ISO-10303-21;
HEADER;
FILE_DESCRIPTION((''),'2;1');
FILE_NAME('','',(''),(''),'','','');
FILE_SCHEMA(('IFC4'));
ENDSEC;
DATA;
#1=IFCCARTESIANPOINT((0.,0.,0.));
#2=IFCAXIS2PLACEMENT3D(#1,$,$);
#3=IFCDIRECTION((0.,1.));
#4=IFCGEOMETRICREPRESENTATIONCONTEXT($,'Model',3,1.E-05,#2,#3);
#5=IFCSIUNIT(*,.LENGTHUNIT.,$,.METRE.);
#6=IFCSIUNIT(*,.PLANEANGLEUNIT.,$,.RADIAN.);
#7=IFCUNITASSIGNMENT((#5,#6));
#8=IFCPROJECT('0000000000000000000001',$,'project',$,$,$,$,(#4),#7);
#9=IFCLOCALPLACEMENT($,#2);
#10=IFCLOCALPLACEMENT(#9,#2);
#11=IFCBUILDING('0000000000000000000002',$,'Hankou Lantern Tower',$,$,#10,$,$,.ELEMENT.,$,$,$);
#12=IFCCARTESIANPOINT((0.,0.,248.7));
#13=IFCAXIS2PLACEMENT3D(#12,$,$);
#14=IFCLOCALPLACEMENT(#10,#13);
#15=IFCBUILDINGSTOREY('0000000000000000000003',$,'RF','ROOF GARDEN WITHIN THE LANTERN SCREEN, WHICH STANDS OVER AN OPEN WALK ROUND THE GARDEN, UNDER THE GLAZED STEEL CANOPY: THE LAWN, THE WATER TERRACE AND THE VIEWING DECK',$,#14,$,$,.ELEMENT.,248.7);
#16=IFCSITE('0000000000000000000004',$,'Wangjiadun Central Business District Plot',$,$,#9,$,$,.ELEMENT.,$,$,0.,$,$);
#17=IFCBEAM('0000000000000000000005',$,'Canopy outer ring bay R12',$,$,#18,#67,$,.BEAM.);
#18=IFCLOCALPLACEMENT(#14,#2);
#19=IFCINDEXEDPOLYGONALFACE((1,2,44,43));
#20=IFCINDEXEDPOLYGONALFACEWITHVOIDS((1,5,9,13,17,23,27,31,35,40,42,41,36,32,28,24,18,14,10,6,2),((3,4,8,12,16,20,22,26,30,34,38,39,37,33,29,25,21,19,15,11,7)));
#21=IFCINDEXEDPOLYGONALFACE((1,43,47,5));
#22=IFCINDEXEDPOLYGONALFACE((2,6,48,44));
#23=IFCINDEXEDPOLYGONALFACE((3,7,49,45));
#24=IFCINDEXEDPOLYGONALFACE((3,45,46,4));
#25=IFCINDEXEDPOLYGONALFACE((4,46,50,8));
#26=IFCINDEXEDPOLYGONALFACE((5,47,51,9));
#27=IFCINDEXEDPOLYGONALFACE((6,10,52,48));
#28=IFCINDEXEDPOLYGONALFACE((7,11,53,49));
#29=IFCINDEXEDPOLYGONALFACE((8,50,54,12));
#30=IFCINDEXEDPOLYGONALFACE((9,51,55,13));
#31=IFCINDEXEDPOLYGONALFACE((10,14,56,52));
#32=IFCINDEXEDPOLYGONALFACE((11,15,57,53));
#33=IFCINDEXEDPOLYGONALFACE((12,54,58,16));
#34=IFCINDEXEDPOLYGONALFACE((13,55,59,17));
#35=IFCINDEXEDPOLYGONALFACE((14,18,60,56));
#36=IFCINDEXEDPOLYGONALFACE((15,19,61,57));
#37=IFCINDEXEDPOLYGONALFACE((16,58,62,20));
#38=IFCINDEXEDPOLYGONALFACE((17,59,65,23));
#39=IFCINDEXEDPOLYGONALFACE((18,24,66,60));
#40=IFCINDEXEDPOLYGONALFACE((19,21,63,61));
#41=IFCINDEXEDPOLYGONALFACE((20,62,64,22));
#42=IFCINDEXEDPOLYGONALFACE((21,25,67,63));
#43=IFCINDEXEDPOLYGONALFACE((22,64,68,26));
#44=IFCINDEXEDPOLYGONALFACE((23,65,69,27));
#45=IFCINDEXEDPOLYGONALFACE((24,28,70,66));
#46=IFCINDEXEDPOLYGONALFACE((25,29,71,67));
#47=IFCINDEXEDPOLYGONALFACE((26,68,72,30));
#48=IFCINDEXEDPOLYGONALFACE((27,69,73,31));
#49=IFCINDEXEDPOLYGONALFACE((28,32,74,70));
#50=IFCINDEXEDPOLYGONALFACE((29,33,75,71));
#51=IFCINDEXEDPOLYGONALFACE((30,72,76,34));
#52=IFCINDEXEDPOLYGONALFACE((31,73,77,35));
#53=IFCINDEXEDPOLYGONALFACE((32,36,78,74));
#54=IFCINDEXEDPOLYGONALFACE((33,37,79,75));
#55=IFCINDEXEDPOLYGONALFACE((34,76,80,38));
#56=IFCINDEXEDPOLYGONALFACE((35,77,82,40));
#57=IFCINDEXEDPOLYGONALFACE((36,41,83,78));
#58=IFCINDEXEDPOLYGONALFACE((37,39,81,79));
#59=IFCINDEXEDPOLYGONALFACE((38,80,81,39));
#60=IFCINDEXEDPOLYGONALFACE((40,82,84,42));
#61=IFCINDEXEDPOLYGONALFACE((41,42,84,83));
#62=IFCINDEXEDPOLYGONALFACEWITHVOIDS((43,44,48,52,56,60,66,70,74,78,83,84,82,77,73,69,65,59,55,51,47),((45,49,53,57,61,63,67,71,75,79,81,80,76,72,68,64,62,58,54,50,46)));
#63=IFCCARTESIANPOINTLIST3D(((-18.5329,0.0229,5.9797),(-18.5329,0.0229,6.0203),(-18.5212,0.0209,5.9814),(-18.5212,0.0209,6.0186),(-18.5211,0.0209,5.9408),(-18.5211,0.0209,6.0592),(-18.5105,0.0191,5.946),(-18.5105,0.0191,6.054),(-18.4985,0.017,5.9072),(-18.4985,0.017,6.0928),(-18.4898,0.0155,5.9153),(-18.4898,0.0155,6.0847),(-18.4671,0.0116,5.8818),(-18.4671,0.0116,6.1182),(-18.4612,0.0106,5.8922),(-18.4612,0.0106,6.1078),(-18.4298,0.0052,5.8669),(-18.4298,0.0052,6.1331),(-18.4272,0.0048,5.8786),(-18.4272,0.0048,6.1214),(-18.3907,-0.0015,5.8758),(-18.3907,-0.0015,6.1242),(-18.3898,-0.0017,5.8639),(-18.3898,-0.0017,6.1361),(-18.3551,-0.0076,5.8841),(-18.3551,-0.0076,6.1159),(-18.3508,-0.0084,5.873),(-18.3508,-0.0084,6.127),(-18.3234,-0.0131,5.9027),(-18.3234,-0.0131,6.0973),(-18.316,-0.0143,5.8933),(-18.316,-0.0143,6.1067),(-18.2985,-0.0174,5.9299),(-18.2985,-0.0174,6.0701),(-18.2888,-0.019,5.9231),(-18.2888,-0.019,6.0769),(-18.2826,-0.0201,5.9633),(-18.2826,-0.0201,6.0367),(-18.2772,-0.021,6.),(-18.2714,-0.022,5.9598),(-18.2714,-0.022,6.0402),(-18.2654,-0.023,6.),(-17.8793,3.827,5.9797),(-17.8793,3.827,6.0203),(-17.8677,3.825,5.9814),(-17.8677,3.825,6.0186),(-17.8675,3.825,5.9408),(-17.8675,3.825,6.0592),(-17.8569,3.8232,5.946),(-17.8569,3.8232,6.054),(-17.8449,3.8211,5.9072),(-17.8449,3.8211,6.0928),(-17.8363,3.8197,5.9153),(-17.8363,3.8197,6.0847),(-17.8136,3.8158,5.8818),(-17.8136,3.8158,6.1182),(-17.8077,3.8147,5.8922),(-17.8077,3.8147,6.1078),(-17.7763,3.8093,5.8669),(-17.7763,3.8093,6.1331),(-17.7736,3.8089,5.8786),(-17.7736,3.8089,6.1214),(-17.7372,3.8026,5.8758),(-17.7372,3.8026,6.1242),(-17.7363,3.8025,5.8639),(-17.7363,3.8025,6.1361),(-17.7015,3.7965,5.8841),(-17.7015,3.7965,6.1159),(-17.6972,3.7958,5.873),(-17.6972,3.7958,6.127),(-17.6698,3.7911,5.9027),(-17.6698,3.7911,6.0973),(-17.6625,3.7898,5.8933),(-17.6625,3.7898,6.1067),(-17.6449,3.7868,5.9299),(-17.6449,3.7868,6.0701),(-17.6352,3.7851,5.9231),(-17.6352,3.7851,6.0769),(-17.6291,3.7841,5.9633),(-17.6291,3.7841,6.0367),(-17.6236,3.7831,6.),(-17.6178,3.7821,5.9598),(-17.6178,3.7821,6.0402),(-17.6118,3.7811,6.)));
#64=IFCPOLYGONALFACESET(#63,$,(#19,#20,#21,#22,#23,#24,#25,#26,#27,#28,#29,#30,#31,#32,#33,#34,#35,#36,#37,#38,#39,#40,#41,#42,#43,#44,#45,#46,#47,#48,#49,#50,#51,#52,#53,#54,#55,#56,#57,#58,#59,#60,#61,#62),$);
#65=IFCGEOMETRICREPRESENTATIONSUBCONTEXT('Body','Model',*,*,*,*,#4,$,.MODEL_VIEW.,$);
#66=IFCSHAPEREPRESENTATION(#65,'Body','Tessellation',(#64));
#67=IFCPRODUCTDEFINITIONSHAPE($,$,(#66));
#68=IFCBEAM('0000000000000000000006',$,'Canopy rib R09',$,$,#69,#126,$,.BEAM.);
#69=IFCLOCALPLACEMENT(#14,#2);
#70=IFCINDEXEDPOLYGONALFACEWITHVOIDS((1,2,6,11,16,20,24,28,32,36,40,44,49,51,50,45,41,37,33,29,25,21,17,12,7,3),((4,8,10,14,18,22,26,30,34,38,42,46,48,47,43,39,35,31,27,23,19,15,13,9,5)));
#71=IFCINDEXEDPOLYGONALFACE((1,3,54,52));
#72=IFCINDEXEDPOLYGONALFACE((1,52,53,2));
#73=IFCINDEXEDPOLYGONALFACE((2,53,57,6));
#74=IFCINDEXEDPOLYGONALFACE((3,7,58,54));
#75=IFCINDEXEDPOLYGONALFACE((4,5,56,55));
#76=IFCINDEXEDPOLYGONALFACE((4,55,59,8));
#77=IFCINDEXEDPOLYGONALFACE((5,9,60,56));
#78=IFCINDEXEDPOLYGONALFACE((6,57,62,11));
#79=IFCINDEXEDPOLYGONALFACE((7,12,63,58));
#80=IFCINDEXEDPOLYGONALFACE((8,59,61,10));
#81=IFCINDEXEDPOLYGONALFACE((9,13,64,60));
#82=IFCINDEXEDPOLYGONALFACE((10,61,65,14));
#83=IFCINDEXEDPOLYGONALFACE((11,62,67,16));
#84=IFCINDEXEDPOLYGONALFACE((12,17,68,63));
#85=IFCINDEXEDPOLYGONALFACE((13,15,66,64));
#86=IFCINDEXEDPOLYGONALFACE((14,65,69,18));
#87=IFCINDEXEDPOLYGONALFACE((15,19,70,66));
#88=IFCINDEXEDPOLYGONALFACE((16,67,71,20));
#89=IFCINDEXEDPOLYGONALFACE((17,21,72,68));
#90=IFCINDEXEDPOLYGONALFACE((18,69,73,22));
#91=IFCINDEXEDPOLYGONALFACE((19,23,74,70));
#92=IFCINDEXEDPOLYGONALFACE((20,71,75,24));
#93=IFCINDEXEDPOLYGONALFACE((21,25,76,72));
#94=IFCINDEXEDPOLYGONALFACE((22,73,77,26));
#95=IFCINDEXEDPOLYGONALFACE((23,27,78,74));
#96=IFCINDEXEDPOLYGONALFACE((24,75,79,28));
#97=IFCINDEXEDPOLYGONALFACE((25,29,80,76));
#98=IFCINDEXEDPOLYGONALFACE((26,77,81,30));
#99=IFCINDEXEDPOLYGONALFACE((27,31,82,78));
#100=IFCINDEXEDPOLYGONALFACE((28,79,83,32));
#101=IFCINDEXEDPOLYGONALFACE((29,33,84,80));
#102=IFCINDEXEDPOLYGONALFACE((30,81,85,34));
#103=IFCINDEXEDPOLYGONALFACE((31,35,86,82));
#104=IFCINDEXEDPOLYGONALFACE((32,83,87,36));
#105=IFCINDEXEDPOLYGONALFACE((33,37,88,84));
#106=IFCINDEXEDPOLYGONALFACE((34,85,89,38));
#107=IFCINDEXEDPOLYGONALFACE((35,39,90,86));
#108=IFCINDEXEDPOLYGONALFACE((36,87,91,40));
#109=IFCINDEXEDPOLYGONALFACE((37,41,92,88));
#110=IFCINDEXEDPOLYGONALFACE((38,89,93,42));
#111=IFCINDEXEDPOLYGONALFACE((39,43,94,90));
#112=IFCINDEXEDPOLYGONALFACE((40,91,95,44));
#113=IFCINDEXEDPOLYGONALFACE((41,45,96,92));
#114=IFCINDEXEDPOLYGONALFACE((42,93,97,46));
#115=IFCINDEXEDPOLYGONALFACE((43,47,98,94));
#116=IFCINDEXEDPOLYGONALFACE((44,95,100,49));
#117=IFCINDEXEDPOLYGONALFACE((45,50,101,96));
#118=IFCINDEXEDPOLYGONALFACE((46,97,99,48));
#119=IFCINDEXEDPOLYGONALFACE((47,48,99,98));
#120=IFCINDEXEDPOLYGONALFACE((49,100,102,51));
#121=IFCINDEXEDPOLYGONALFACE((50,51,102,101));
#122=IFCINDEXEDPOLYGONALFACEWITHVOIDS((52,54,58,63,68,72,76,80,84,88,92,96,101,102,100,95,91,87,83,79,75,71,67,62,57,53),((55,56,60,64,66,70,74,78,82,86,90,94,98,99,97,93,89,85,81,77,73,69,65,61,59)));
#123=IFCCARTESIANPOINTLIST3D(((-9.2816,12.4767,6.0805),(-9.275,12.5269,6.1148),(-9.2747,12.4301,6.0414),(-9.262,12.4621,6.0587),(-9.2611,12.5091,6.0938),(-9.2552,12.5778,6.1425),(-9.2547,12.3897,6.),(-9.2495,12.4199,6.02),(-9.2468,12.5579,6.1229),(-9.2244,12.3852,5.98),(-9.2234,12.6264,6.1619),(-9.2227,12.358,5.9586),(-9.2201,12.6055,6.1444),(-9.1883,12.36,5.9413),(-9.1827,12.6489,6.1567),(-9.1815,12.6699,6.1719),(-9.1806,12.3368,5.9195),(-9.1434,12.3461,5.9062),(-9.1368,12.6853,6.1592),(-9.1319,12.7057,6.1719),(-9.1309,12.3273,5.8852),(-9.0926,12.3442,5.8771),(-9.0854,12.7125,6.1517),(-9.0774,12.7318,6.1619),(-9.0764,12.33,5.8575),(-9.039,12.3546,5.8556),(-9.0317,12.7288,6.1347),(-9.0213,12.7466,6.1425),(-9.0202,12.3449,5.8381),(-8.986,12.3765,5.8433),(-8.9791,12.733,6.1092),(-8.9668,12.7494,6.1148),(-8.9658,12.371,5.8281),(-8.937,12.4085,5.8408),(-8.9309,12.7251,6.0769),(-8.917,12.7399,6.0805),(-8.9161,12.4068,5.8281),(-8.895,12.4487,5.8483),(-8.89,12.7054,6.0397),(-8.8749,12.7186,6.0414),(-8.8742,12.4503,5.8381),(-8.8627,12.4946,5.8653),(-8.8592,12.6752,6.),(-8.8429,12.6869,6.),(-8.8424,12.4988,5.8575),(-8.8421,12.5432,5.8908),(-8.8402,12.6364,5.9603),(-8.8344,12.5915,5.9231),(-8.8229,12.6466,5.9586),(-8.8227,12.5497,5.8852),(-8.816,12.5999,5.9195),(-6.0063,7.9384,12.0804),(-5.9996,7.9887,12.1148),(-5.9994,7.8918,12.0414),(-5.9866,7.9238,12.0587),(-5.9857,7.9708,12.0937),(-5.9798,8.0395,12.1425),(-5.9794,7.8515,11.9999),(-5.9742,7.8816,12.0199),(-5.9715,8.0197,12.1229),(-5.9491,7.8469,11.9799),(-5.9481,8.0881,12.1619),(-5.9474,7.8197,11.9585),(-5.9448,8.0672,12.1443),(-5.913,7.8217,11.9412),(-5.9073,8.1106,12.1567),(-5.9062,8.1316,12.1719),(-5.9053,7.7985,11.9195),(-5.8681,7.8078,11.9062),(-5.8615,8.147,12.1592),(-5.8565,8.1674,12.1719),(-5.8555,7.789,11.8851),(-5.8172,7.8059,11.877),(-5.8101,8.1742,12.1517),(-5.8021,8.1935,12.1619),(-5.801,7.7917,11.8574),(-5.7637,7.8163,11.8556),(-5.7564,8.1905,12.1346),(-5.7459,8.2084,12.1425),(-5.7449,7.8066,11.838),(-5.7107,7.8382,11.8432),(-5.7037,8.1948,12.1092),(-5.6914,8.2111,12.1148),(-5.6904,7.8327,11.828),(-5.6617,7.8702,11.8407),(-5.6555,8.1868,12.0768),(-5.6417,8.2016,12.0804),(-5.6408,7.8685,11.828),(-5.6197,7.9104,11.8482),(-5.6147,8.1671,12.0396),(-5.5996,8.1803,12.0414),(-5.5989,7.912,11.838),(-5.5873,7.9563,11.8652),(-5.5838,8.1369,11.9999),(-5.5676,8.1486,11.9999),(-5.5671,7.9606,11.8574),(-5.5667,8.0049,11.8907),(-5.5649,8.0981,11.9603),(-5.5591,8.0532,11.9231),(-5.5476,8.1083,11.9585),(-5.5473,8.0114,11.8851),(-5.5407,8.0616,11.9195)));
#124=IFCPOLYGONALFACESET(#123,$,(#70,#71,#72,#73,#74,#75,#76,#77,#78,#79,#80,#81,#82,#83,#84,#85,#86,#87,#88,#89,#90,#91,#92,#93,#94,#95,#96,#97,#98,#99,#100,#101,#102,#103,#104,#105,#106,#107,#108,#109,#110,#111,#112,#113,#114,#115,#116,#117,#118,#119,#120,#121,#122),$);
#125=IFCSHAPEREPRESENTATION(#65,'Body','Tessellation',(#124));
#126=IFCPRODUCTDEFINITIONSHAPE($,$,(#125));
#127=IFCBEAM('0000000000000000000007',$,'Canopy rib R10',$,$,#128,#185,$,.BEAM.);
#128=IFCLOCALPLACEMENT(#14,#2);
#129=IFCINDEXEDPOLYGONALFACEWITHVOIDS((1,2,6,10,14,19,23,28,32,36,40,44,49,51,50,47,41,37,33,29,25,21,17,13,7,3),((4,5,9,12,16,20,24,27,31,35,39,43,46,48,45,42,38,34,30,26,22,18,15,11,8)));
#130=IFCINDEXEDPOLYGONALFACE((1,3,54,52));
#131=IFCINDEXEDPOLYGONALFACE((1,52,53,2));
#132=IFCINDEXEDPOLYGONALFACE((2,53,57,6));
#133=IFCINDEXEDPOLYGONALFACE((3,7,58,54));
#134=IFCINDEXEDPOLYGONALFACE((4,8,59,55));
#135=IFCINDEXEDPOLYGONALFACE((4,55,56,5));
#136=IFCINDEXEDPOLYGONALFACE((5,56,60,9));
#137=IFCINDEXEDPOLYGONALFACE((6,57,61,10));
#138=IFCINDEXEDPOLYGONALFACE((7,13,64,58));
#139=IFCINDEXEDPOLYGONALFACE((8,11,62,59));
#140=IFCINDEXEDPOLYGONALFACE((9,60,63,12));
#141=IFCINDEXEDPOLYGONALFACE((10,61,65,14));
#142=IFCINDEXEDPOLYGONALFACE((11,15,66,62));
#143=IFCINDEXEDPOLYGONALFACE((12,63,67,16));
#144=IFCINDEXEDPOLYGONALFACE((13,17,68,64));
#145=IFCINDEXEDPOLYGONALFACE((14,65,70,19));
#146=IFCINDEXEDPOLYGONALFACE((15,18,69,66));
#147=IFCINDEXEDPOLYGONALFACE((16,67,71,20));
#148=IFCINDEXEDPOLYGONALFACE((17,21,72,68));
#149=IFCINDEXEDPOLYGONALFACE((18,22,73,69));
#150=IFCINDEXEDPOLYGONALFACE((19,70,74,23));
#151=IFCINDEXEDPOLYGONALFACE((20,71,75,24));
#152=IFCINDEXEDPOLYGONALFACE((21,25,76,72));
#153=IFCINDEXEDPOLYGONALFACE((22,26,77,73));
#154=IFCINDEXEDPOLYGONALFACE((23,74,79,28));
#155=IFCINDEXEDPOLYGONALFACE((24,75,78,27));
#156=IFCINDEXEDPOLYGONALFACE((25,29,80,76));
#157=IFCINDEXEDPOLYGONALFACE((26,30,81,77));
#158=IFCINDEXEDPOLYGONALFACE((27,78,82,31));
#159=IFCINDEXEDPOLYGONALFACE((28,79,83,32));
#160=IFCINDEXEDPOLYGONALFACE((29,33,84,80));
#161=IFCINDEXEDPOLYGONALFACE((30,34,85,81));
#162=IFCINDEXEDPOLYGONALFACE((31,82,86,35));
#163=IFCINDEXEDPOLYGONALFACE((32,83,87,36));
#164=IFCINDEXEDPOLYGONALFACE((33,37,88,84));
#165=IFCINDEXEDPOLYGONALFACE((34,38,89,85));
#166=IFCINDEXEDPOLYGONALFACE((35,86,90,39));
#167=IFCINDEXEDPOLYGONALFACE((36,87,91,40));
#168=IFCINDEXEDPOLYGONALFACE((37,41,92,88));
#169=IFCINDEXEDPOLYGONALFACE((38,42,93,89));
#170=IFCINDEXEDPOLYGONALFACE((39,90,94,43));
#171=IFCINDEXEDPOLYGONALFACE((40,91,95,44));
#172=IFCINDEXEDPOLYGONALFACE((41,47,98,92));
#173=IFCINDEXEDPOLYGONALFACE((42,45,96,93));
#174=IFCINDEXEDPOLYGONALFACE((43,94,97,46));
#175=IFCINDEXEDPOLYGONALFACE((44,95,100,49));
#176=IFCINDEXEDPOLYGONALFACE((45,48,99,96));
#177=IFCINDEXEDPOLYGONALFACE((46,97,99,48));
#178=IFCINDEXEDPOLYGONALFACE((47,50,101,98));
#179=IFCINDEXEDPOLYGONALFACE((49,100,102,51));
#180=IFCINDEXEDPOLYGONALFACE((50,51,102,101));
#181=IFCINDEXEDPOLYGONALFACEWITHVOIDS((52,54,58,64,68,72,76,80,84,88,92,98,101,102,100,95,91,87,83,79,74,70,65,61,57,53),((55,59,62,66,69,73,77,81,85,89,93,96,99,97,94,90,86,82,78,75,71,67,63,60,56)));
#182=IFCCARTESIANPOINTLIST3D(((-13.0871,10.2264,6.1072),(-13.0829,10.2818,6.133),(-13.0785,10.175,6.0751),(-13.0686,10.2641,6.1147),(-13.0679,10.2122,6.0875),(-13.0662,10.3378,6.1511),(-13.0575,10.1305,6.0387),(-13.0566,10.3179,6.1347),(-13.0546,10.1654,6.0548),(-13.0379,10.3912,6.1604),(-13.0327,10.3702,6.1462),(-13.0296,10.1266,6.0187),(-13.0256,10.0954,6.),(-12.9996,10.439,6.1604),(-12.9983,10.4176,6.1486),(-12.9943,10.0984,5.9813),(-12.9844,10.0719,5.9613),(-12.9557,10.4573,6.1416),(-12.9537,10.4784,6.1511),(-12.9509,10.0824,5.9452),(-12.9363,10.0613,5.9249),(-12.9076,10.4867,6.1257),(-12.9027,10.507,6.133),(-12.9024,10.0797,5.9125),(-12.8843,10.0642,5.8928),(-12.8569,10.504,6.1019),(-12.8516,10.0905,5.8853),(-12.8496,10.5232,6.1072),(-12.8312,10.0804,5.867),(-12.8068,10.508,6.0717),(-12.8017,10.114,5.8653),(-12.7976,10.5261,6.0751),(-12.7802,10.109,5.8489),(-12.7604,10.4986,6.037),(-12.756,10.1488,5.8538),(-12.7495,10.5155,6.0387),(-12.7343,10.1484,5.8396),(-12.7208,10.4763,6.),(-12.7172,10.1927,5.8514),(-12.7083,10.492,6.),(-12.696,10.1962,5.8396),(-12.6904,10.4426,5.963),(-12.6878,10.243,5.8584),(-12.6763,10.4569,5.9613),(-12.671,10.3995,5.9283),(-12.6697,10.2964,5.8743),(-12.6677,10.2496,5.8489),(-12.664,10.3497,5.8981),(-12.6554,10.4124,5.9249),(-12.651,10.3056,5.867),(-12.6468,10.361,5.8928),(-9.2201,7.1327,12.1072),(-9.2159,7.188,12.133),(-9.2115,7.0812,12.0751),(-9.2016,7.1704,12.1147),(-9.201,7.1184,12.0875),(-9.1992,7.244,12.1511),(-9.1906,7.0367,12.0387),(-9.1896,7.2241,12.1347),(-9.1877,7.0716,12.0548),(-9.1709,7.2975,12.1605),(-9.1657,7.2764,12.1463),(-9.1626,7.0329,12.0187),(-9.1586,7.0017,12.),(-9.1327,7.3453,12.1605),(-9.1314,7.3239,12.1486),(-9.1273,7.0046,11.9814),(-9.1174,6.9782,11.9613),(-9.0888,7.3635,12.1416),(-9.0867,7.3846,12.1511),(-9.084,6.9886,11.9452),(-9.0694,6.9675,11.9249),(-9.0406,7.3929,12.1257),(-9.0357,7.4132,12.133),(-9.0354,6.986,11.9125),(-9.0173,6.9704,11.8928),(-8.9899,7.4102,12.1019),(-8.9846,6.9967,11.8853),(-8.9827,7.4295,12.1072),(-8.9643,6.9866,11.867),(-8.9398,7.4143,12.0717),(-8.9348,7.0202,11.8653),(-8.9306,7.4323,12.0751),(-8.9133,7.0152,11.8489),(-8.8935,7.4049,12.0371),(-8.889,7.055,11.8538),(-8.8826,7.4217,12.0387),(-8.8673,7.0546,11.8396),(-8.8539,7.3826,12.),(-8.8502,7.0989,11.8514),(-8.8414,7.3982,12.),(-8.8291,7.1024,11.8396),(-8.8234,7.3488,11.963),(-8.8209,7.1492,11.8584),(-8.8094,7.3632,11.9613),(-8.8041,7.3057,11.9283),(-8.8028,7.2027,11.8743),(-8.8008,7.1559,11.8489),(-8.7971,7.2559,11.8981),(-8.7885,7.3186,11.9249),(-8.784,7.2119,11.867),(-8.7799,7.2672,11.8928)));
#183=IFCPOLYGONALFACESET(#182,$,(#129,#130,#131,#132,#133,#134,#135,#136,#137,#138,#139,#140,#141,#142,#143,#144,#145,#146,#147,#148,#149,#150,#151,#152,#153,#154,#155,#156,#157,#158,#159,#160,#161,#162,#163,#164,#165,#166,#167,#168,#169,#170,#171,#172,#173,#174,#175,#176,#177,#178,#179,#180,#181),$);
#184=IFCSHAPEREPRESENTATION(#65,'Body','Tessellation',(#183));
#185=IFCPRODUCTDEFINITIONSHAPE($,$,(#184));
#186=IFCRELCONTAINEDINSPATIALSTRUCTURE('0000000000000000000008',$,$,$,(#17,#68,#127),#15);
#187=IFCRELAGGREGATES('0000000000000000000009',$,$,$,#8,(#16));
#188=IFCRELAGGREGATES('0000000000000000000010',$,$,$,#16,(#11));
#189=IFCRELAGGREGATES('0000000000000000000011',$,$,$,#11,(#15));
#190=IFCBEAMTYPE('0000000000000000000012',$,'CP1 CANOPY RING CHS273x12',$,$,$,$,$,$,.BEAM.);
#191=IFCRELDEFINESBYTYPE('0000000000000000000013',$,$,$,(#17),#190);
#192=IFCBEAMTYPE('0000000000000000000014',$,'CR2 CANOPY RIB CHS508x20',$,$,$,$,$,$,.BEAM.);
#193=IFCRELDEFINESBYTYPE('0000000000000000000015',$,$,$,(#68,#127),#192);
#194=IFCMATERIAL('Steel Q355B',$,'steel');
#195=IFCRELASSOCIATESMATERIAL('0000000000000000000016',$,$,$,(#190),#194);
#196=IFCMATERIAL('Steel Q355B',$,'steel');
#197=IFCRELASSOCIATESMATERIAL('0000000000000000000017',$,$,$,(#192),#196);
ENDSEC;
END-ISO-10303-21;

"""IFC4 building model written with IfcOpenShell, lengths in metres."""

from ifc_helpers import new_model, si_unit, direction, frame, origin, origin_2d, place, context, subcontext, project, spatial, hollow_circle, extrude, material, material_profile, profile_set, type_object, element, save


model = new_model("IFC4")

# Units and contexts
model_context = context("Model", 3, precision=1e-05, world=origin(), true_north=direction((0.0, 1.0)))
body_context = subcontext(model_context, "Body", "Model", "MODEL_VIEW")
ifc_project = project(units=[si_unit("LENGTHUNIT", "METRE"), si_unit("PLANEANGLEUNIT", "RADIAN")], contexts=[model_context])

# Site, building, storey
site_placement = place(None, origin())
site = spatial("IfcSite", under=ifc_project, at=site_placement, Name="Wangjiadun Central Business District Plot", CompositionType="ELEMENT", RefElevation=0.0)
building_placement = place(site_placement, origin())
building = spatial("IfcBuilding", under=site, at=building_placement, Name="Hankou Lantern Tower", CompositionType="ELEMENT")
storey_placement = place(building_placement, frame((0.0, 0.0, 248.7)))
storey = spatial("IfcBuildingStorey", under=building, at=storey_placement, Name="RF", Description="ROOF GARDEN WITHIN THE LANTERN SCREEN, WHICH STANDS OVER AN OPEN WALK ROUND THE GARDEN, UNDER THE GLAZED STEEL CANOPY: THE LAWN, THE WATER TERRACE AND THE VIEWING DECK", CompositionType="ELEMENT", Elevation=248.7)

# Beams
ifc_material_1 = material(Name="Steel Q355B", Category="steel")
ifc_material_profile_1 = material_profile(ifc_material_1, hollow_circle(Radius=0.1365, WallThickness=0.012, at=origin_2d()), Name="CHS273x12")
ifc_profile_set_1 = profile_set([ifc_material_profile_1], Name="Steel Q355B")
beam_type_1 = type_object("IfcBeamType", Name="CP1 CANOPY RING CHS273x12", PredefinedType="BEAM", material=ifc_profile_set_1)
beam_1_placement = place(storey_placement, frame((-17.7463, 3.8042, 6.0), z_axis=(-0.16932, -0.985561, 0.0), x_axis=(0.985561, -0.16932, 0.0)))
element("IfcBeam", 1, at=beam_1_placement, inside=storey, type_object=beam_type_1, Name="Canopy outer ring bay R12", PredefinedType="BEAM", context=body_context, shape_type="SweptSolid", body=[
    extrude(hollow_circle(Radius=0.1365, WallThickness=0.012, at=origin_2d()), origin(), (0.0, 0.0, 1.0), 3.8599),
])
ifc_material_2 = material(Name="Steel Q355B", Category="steel")
ifc_material_profile_2 = material_profile(ifc_material_2, hollow_circle(Radius=0.2539, WallThickness=0.02, at=origin_2d()), Name="CHS508x20")
ifc_profile_set_2 = profile_set([ifc_material_profile_2], Name="Steel Q355B")
beam_type_2 = type_object("IfcBeamType", Name="CR2 CANOPY RIB CHS508x20", PredefinedType="BEAM", material=ifc_profile_set_2)
beam_2_placement = place(storey_placement, frame((-9.0488, 12.5383, 6.0), z_axis=(0.399187, -0.553107, 0.731247), x_axis=(0.810874, 0.585221, 0.0)))
element("IfcBeam", 2, at=beam_2_placement, inside=storey, type_object=beam_type_2, Name="Canopy rib R09", PredefinedType="BEAM", context=body_context, shape_type="SweptSolid", body=[
    extrude(hollow_circle(Radius=0.2539, WallThickness=0.02, at=origin_2d()), origin(), (0.0, 0.0, 1.0), 8.2051),
])
beam_3_placement = place(storey_placement, frame((-12.8669, 10.2937, 6.0), z_axis=(0.497052, -0.397667, 0.771233), x_axis=(0.624719, 0.78085, 0.0)))
element("IfcBeam", 3, at=beam_3_placement, inside=storey, type_object=beam_type_2, Name="Canopy rib R10", PredefinedType="BEAM", context=body_context, shape_type="SweptSolid", body=[
    extrude(hollow_circle(Radius=0.2539, WallThickness=0.02, at=origin_2d()), origin(), (0.0, 0.0, 1.0), 7.7798),
])

save(model, "model.ifc")
